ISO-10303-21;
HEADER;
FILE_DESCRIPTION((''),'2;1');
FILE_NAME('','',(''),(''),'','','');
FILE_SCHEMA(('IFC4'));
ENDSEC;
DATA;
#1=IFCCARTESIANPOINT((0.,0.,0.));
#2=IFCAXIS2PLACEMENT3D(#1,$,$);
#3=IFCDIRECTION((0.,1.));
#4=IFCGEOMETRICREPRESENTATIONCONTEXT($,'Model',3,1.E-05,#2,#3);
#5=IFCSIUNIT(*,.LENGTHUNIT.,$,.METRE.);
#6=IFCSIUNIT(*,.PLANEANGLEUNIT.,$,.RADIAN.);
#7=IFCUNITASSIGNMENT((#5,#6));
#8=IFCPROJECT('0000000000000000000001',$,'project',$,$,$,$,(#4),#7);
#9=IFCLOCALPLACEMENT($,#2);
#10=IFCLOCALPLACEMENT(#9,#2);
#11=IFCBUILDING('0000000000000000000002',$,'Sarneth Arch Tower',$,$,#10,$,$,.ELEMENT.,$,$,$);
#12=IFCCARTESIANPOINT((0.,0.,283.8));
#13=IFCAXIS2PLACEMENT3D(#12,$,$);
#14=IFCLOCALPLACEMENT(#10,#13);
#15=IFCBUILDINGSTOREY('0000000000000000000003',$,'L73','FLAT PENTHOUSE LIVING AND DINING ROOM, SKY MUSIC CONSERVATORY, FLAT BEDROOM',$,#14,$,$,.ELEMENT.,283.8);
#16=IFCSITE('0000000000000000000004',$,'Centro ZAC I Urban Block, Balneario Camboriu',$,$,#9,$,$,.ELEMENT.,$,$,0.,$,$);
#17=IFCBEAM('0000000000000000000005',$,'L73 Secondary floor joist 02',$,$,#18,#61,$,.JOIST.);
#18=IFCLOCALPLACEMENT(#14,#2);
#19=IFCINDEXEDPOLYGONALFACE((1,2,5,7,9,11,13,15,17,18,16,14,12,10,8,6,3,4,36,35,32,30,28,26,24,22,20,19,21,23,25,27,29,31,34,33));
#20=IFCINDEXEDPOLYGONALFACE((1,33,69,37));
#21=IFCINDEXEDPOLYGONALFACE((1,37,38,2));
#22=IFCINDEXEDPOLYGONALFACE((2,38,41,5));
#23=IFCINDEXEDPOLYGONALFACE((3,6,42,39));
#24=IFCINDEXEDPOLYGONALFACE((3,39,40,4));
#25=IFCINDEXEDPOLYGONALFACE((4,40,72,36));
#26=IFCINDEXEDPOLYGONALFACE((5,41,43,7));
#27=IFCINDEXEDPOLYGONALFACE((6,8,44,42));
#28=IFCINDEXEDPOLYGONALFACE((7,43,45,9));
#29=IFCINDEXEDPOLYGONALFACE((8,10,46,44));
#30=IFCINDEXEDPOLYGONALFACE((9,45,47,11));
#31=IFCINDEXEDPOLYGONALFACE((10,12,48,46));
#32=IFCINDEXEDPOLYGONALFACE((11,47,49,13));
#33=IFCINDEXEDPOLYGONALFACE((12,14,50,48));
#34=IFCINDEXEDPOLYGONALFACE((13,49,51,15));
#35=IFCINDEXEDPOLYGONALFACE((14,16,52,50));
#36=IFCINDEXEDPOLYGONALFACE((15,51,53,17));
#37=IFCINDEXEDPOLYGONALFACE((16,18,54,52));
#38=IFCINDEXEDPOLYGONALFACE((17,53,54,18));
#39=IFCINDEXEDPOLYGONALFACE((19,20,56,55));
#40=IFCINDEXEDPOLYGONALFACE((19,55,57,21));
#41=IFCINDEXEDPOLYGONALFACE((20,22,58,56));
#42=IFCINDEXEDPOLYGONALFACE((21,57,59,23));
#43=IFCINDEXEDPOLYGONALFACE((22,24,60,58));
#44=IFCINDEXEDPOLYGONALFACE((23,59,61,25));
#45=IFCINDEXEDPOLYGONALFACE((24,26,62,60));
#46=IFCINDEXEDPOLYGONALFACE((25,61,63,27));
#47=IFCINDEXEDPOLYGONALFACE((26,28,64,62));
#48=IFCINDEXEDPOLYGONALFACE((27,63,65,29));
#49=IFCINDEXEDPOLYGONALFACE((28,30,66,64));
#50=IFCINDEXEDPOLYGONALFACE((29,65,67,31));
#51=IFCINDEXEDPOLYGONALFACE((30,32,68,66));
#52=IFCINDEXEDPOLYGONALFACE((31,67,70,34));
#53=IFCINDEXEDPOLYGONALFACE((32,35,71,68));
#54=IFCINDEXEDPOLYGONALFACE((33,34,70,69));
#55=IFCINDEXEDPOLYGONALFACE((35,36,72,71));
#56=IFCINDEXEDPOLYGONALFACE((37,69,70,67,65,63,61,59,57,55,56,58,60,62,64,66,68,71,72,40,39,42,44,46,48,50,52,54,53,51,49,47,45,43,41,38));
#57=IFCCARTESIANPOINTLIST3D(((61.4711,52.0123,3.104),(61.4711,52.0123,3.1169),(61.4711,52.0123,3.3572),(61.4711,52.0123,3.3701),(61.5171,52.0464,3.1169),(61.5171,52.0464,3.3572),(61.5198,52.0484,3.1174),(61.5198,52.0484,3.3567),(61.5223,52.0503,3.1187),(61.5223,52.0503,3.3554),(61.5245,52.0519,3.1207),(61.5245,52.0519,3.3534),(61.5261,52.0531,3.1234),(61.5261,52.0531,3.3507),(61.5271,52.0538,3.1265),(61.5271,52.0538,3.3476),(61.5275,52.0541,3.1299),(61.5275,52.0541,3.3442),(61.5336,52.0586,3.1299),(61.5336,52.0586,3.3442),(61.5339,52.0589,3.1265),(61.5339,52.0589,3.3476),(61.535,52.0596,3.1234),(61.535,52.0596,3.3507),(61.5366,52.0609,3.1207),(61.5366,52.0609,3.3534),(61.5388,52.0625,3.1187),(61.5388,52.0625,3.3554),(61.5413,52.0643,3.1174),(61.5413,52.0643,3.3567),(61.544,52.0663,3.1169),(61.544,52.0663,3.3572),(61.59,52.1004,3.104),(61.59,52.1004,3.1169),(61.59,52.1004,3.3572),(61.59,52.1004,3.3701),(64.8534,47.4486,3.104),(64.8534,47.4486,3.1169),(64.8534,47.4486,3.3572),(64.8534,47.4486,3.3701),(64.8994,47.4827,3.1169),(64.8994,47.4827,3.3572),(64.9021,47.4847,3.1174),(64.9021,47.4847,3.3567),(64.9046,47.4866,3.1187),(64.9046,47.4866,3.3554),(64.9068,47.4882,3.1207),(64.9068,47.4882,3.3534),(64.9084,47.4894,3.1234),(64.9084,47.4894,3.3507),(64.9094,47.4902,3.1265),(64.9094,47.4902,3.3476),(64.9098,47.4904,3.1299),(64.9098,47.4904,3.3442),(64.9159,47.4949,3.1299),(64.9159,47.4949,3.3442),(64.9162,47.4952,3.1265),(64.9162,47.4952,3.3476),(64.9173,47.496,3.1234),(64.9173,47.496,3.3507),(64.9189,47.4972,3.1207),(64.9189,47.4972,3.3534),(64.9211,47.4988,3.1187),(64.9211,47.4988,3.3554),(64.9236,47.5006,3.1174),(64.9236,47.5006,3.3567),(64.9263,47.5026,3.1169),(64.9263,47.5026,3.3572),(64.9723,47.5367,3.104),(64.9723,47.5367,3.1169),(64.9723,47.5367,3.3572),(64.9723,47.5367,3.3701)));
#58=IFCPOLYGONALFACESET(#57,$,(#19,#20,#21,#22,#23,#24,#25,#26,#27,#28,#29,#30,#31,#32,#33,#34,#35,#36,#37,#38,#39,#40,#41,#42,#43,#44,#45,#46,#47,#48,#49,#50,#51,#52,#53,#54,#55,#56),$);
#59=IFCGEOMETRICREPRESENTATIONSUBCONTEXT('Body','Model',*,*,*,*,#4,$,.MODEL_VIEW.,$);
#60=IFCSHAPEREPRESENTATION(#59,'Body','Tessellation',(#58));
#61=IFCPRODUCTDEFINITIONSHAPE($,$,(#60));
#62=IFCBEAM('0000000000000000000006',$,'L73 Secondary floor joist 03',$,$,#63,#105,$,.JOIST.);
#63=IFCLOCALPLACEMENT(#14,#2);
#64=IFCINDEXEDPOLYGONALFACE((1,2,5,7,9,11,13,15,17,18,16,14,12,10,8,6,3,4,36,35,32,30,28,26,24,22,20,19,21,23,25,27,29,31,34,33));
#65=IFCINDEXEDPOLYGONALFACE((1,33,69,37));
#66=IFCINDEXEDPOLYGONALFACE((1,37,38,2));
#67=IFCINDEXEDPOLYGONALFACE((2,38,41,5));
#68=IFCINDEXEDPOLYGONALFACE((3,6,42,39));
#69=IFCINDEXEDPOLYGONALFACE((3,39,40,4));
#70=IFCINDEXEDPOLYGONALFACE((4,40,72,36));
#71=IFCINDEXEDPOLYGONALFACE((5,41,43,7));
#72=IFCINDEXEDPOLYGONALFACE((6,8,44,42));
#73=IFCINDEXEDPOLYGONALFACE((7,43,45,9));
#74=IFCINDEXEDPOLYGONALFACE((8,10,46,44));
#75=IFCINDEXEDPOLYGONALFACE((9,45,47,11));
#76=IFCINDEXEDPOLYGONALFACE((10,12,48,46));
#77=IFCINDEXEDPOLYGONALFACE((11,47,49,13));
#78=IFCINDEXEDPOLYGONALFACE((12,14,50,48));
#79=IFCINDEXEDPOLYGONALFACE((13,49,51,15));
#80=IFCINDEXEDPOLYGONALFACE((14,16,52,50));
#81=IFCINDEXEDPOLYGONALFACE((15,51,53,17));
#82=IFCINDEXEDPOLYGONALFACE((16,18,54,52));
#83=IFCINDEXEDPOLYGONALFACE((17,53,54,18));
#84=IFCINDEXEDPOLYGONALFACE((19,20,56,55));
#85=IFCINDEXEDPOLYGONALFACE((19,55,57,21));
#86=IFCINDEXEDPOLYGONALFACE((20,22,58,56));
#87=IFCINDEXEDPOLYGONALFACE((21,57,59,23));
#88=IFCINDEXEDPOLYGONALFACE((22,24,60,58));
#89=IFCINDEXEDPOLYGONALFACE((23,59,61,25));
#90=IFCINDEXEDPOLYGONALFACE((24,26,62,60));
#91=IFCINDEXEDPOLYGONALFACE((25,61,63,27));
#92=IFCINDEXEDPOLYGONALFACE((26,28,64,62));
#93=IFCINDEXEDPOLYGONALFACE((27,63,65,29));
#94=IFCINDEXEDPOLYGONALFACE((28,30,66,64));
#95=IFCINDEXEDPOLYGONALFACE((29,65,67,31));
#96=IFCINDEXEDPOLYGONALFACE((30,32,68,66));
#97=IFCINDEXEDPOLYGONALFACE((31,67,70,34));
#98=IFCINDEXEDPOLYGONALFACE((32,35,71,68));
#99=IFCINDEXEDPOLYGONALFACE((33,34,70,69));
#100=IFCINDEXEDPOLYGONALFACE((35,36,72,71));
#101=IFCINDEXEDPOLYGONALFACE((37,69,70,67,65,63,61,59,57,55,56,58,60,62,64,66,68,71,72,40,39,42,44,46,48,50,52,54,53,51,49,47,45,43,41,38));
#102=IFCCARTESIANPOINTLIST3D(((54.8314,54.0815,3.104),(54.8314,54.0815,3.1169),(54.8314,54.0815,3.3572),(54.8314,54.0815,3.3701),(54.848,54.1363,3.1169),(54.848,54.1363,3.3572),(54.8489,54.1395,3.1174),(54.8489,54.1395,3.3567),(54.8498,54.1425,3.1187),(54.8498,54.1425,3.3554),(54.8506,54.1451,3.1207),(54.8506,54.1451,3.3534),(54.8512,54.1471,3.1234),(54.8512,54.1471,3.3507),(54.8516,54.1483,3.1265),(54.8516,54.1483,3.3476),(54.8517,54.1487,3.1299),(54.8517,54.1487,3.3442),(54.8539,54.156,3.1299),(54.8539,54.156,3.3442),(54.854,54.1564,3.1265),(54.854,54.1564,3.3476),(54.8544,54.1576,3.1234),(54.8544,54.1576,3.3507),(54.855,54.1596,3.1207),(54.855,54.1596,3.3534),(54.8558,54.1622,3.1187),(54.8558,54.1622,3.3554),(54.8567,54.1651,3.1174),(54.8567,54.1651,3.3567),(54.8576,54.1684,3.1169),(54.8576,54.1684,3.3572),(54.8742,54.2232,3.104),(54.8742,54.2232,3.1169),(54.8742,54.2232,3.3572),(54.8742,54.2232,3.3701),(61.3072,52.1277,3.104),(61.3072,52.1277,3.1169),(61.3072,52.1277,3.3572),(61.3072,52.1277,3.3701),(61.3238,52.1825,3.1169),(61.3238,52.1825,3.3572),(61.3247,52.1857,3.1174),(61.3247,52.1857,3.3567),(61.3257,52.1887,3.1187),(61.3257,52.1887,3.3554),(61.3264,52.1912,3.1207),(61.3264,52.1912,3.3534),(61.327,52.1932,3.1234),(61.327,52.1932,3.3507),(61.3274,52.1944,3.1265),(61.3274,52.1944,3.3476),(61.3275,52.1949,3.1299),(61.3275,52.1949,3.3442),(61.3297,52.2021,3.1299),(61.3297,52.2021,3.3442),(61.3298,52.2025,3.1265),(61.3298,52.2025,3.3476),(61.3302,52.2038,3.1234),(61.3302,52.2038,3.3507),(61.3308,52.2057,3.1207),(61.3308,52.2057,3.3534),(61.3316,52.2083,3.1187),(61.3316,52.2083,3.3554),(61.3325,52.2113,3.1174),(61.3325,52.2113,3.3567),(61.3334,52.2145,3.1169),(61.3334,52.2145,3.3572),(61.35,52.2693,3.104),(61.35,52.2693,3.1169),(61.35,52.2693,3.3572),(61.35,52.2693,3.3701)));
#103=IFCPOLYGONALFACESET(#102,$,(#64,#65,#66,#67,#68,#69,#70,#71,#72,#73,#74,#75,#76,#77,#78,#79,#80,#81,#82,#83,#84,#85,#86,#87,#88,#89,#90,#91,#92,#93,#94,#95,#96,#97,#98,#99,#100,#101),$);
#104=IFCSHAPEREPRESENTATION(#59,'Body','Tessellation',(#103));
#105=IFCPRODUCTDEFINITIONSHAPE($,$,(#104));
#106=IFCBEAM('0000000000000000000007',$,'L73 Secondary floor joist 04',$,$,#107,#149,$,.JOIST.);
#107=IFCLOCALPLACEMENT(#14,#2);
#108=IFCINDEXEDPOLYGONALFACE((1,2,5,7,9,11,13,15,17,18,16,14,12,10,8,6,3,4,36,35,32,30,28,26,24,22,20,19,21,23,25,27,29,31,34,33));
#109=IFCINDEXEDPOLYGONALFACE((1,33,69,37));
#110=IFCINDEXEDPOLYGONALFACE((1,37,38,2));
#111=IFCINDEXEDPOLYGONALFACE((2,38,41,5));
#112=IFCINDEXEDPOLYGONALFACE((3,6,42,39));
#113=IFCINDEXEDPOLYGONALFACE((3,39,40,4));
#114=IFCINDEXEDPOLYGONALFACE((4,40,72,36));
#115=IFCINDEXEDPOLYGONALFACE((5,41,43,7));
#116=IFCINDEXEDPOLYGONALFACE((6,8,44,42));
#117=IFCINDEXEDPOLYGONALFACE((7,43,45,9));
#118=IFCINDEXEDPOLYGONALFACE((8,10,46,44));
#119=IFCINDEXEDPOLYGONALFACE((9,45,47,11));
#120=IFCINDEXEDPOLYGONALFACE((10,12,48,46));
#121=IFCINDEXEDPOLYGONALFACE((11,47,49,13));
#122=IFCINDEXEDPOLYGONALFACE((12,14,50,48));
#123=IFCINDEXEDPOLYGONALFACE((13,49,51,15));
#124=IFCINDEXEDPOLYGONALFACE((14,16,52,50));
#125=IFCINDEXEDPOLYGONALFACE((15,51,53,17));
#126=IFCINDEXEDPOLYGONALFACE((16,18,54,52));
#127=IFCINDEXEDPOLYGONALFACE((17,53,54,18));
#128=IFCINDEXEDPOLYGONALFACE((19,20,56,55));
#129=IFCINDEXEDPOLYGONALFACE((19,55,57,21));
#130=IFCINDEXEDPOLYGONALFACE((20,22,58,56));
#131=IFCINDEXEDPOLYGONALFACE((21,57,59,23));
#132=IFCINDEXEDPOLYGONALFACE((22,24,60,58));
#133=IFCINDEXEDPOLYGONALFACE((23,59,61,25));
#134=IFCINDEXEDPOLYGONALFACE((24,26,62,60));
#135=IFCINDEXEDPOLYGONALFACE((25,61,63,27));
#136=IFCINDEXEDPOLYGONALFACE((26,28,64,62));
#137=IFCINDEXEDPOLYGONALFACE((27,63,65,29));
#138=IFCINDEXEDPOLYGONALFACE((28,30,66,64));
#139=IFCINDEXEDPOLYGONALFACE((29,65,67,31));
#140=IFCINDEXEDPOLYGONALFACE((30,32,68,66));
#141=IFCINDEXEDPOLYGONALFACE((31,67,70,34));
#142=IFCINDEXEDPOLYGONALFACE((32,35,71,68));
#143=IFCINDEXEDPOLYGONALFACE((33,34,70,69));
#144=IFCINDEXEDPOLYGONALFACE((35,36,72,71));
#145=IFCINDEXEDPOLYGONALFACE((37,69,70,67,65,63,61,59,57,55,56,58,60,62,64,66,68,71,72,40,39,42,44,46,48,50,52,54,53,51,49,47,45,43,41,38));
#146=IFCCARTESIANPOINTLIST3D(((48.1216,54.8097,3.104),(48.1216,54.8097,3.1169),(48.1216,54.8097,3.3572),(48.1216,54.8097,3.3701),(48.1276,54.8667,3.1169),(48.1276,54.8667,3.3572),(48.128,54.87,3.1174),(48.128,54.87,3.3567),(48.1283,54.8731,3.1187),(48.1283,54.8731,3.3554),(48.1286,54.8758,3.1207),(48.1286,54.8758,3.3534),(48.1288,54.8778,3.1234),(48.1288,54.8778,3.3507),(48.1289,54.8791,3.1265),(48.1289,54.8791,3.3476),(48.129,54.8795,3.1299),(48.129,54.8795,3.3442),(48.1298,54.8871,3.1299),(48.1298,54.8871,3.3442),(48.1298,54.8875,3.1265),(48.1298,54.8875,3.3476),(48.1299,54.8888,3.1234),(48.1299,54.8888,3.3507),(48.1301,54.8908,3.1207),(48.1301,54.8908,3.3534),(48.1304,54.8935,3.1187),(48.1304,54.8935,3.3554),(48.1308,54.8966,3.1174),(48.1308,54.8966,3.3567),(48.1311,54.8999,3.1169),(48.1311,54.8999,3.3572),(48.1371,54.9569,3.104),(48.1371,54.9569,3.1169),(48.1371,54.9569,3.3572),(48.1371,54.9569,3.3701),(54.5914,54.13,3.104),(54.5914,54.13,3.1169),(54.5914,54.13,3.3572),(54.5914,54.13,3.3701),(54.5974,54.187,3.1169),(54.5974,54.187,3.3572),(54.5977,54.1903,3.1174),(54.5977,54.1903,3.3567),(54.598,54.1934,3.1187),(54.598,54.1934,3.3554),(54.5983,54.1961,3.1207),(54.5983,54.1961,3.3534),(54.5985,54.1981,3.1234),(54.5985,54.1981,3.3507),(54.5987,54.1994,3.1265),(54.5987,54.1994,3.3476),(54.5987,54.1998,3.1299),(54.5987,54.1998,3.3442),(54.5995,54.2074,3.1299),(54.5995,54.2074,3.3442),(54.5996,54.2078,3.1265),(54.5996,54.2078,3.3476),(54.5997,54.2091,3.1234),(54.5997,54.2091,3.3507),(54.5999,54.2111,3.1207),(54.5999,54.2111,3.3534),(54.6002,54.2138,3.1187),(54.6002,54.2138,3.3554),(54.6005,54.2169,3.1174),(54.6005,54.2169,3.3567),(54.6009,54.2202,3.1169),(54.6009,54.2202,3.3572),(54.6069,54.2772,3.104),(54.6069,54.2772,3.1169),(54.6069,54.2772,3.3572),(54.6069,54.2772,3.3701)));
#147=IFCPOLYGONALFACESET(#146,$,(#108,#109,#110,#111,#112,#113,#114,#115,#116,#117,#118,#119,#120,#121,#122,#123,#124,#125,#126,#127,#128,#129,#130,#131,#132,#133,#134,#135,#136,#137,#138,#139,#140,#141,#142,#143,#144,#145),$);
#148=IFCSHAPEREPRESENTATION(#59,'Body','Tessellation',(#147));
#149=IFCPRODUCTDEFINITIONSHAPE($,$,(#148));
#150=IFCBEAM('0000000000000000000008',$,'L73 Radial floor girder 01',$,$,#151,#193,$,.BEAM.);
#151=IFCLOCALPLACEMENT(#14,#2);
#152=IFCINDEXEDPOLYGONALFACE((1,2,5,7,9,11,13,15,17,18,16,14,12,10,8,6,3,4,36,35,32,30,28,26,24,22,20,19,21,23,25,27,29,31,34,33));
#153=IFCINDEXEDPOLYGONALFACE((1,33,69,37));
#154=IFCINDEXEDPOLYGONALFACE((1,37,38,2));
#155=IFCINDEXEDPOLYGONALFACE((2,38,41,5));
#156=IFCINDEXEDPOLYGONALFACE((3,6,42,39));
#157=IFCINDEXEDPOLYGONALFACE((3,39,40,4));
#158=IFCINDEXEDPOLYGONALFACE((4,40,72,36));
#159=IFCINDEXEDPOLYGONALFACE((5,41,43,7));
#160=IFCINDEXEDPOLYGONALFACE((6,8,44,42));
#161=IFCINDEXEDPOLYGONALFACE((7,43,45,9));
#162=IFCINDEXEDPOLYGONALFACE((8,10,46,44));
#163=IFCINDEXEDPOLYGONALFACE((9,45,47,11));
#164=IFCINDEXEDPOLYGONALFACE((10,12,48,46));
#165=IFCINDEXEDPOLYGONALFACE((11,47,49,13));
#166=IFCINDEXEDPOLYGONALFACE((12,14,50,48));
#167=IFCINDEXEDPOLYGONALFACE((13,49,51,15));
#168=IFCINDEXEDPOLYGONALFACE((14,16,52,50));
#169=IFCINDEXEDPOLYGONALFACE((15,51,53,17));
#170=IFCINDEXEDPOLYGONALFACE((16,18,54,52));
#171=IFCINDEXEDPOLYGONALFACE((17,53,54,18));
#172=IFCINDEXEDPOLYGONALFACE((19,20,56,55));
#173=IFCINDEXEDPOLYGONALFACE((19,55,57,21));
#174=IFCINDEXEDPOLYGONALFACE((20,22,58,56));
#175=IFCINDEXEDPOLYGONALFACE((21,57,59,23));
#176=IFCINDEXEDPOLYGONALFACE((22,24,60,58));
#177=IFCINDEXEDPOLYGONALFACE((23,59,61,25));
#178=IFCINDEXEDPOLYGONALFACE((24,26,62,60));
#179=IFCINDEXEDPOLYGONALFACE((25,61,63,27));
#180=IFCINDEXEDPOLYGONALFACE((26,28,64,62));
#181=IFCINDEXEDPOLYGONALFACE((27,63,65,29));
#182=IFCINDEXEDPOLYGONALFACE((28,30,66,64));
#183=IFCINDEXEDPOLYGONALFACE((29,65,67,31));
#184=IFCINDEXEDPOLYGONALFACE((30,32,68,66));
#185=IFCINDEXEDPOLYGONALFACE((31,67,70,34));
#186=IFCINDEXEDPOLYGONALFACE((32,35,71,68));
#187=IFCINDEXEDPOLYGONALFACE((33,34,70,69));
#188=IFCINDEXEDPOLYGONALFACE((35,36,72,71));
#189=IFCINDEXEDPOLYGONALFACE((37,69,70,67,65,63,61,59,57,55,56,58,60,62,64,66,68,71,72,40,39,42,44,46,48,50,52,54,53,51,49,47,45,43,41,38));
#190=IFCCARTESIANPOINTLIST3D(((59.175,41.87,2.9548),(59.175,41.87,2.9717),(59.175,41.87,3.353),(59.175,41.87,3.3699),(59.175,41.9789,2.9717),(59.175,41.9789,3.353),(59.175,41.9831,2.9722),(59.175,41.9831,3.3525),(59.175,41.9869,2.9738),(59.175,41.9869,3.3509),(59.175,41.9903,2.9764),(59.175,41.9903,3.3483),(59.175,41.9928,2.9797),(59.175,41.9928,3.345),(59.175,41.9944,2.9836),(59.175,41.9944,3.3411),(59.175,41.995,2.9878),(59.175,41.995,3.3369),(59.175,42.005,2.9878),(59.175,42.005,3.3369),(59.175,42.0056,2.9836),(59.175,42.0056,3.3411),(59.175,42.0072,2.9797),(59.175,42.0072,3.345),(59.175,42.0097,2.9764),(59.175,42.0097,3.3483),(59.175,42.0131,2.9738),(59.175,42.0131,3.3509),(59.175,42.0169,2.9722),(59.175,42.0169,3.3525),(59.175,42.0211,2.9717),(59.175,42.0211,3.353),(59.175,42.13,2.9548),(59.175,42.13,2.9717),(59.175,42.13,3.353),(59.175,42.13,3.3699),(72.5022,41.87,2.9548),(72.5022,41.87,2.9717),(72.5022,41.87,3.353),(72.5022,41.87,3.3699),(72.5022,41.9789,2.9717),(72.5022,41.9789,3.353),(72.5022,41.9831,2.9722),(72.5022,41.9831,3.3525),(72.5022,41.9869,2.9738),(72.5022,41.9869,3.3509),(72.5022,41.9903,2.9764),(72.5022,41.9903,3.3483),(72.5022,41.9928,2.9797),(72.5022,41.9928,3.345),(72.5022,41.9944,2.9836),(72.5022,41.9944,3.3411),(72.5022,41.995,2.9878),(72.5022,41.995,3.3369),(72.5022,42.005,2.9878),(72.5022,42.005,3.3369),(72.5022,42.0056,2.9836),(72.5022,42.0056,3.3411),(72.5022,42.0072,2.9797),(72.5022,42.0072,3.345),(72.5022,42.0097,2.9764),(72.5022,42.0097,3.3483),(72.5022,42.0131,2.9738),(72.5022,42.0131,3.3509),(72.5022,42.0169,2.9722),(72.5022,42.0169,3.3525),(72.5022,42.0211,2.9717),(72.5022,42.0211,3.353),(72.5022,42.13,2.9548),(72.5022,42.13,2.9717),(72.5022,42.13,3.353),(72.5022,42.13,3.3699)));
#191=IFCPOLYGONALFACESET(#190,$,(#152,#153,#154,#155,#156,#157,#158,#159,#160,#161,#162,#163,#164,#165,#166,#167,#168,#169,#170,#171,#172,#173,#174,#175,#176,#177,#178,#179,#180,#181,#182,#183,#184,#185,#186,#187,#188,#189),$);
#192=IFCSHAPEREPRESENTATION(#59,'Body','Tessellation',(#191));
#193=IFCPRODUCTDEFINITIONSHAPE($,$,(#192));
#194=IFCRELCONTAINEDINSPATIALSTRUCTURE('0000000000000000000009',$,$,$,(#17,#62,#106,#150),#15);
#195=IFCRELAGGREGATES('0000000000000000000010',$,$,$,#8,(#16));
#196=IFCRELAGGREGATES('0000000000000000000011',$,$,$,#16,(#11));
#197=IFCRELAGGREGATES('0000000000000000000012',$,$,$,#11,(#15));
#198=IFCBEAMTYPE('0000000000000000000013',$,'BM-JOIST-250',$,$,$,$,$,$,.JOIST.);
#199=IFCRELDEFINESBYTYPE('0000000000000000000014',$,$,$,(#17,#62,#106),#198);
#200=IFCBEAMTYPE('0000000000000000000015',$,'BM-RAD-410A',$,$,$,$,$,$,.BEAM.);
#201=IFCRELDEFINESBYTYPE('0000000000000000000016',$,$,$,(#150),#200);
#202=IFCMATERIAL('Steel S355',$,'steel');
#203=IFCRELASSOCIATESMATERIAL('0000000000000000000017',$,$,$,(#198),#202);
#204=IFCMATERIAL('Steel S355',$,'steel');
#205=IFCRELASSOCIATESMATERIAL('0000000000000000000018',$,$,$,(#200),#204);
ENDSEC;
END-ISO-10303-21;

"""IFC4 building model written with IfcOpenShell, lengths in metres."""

from ifc_helpers import new_model, si_unit, direction, frame, origin, origin_2d, place, context, subcontext, project, spatial, i_section, extrude, material, material_profile, profile_set, type_object, element, save


model = new_model("IFC4")

# Units and contexts
model_context = context("Model", 3, precision=1e-05, world=origin(), true_north=direction((0.0, 1.0)))
body_context = subcontext(model_context, "Body", "Model", "MODEL_VIEW")
ifc_project = project(units=[si_unit("LENGTHUNIT", "METRE"), si_unit("PLANEANGLEUNIT", "RADIAN")], contexts=[model_context])

# Site, building, storey
site_placement = place(None, origin())
site = spatial("IfcSite", under=ifc_project, at=site_placement, Name="Centro ZAC I Urban Block, Balneario Camboriu", CompositionType="ELEMENT", RefElevation=0.0)
building_placement = place(site_placement, origin())
building = spatial("IfcBuilding", under=site, at=building_placement, Name="Sarneth Arch Tower", CompositionType="ELEMENT")
storey_placement = place(building_placement, frame((0.0, 0.0, 283.8)))
storey = spatial("IfcBuildingStorey", under=building, at=storey_placement, Name="L73", Description="FLAT PENTHOUSE LIVING AND DINING ROOM, SKY MUSIC CONSERVATORY, FLAT BEDROOM", CompositionType="ELEMENT", Elevation=283.8)

# Beams
ifc_material_1 = material(Name="Steel S355", Category="steel")
ifc_material_profile_1 = material_profile(ifc_material_1, i_section(OverallWidth=0.1479, OverallDepth=0.2661, WebThickness=0.0076, FlangeThickness=0.0129, FilletRadius=0.0129, at=origin_2d()), Name="W250x44.8")
ifc_profile_set_1 = profile_set([ifc_material_profile_1], Name="Steel S355")
beam_type_1 = type_object("IfcBeamType", Name="BM-JOIST-250", PredefinedType="JOIST", material=ifc_profile_set_1)
beam_1_placement = place(storey_placement, frame((64.9128, 47.4927, 3.2371), z_axis=(-0.595431, 0.803406, 0.0), x_axis=(-0.803406, -0.595431, 0.0)))
element("IfcBeam", 1, at=beam_1_placement, inside=storey, type_object=beam_type_1, Name="L73 Secondary floor joist 02", PredefinedType="JOIST", context=body_context, shape_type="SweptSolid", body=[
    extrude(i_section(OverallWidth=0.1479, OverallDepth=0.2661, WebThickness=0.0076, FlangeThickness=0.0129, FilletRadius=0.0129, at=origin_2d()), origin(), (0.0, 0.0, 1.0), 5.6804),
])
beam_2_placement = place(storey_placement, frame((61.3286, 52.1985, 3.2371), z_axis=(-0.957373, 0.288854, 0.0), x_axis=(-0.288854, -0.957373, 0.0)))
element("IfcBeam", 2, at=beam_2_placement, inside=storey, type_object=beam_type_1, Name="L73 Secondary floor joist 03", PredefinedType="JOIST", context=body_context, shape_type="SweptSolid", body=[
    extrude(i_section(OverallWidth=0.1479, OverallDepth=0.2661, WebThickness=0.0076, FlangeThickness=0.0129, FilletRadius=0.0129, at=origin_2d()), origin(), (0.0, 0.0, 1.0), 6.7642),
])
beam_3_placement = place(storey_placement, frame((54.5991, 54.2036, 3.2371), z_axis=(-0.994527, 0.104482, 0.0), x_axis=(-0.104482, -0.994527, 0.0)))
element("IfcBeam", 3, at=beam_3_placement, inside=storey, type_object=beam_type_1, Name="L73 Secondary floor joist 04", PredefinedType="JOIST", context=body_context, shape_type="SweptSolid", body=[
    extrude(i_section(OverallWidth=0.1479, OverallDepth=0.2661, WebThickness=0.0076, FlangeThickness=0.0129, FilletRadius=0.0129, at=origin_2d()), origin(), (0.0, 0.0, 1.0), 6.5054),
])
ifc_material_2 = material(Name="Steel S355", Category="steel")
ifc_material_profile_2 = material_profile(ifc_material_2, i_section(OverallWidth=0.26, OverallDepth=0.415, WebThickness=0.01, FlangeThickness=0.0168, FilletRadius=0.0161, at=origin_2d()), Name="W410x100")
ifc_profile_set_2 = profile_set([ifc_material_profile_2], Name="Steel S355")
beam_type_2 = type_object("IfcBeamType", Name="BM-RAD-410A", PredefinedType="BEAM", material=ifc_profile_set_2)
beam_4_placement = place(storey_placement, frame((59.175, 42.0, 3.1624), z_axis=(1.0, 0.0, 0.0), x_axis=(0.0, 1.0, 0.0)))
element("IfcBeam", 4, at=beam_4_placement, inside=storey, type_object=beam_type_2, Name="L73 Radial floor girder 01", PredefinedType="BEAM", context=body_context, shape_type="SweptSolid", body=[
    extrude(i_section(OverallWidth=0.26, OverallDepth=0.415, WebThickness=0.01, FlangeThickness=0.0168, FilletRadius=0.0161, at=origin_2d()), origin(), (0.0, 0.0, 1.0), 13.3271),
])

save(model, "model.ifc")
